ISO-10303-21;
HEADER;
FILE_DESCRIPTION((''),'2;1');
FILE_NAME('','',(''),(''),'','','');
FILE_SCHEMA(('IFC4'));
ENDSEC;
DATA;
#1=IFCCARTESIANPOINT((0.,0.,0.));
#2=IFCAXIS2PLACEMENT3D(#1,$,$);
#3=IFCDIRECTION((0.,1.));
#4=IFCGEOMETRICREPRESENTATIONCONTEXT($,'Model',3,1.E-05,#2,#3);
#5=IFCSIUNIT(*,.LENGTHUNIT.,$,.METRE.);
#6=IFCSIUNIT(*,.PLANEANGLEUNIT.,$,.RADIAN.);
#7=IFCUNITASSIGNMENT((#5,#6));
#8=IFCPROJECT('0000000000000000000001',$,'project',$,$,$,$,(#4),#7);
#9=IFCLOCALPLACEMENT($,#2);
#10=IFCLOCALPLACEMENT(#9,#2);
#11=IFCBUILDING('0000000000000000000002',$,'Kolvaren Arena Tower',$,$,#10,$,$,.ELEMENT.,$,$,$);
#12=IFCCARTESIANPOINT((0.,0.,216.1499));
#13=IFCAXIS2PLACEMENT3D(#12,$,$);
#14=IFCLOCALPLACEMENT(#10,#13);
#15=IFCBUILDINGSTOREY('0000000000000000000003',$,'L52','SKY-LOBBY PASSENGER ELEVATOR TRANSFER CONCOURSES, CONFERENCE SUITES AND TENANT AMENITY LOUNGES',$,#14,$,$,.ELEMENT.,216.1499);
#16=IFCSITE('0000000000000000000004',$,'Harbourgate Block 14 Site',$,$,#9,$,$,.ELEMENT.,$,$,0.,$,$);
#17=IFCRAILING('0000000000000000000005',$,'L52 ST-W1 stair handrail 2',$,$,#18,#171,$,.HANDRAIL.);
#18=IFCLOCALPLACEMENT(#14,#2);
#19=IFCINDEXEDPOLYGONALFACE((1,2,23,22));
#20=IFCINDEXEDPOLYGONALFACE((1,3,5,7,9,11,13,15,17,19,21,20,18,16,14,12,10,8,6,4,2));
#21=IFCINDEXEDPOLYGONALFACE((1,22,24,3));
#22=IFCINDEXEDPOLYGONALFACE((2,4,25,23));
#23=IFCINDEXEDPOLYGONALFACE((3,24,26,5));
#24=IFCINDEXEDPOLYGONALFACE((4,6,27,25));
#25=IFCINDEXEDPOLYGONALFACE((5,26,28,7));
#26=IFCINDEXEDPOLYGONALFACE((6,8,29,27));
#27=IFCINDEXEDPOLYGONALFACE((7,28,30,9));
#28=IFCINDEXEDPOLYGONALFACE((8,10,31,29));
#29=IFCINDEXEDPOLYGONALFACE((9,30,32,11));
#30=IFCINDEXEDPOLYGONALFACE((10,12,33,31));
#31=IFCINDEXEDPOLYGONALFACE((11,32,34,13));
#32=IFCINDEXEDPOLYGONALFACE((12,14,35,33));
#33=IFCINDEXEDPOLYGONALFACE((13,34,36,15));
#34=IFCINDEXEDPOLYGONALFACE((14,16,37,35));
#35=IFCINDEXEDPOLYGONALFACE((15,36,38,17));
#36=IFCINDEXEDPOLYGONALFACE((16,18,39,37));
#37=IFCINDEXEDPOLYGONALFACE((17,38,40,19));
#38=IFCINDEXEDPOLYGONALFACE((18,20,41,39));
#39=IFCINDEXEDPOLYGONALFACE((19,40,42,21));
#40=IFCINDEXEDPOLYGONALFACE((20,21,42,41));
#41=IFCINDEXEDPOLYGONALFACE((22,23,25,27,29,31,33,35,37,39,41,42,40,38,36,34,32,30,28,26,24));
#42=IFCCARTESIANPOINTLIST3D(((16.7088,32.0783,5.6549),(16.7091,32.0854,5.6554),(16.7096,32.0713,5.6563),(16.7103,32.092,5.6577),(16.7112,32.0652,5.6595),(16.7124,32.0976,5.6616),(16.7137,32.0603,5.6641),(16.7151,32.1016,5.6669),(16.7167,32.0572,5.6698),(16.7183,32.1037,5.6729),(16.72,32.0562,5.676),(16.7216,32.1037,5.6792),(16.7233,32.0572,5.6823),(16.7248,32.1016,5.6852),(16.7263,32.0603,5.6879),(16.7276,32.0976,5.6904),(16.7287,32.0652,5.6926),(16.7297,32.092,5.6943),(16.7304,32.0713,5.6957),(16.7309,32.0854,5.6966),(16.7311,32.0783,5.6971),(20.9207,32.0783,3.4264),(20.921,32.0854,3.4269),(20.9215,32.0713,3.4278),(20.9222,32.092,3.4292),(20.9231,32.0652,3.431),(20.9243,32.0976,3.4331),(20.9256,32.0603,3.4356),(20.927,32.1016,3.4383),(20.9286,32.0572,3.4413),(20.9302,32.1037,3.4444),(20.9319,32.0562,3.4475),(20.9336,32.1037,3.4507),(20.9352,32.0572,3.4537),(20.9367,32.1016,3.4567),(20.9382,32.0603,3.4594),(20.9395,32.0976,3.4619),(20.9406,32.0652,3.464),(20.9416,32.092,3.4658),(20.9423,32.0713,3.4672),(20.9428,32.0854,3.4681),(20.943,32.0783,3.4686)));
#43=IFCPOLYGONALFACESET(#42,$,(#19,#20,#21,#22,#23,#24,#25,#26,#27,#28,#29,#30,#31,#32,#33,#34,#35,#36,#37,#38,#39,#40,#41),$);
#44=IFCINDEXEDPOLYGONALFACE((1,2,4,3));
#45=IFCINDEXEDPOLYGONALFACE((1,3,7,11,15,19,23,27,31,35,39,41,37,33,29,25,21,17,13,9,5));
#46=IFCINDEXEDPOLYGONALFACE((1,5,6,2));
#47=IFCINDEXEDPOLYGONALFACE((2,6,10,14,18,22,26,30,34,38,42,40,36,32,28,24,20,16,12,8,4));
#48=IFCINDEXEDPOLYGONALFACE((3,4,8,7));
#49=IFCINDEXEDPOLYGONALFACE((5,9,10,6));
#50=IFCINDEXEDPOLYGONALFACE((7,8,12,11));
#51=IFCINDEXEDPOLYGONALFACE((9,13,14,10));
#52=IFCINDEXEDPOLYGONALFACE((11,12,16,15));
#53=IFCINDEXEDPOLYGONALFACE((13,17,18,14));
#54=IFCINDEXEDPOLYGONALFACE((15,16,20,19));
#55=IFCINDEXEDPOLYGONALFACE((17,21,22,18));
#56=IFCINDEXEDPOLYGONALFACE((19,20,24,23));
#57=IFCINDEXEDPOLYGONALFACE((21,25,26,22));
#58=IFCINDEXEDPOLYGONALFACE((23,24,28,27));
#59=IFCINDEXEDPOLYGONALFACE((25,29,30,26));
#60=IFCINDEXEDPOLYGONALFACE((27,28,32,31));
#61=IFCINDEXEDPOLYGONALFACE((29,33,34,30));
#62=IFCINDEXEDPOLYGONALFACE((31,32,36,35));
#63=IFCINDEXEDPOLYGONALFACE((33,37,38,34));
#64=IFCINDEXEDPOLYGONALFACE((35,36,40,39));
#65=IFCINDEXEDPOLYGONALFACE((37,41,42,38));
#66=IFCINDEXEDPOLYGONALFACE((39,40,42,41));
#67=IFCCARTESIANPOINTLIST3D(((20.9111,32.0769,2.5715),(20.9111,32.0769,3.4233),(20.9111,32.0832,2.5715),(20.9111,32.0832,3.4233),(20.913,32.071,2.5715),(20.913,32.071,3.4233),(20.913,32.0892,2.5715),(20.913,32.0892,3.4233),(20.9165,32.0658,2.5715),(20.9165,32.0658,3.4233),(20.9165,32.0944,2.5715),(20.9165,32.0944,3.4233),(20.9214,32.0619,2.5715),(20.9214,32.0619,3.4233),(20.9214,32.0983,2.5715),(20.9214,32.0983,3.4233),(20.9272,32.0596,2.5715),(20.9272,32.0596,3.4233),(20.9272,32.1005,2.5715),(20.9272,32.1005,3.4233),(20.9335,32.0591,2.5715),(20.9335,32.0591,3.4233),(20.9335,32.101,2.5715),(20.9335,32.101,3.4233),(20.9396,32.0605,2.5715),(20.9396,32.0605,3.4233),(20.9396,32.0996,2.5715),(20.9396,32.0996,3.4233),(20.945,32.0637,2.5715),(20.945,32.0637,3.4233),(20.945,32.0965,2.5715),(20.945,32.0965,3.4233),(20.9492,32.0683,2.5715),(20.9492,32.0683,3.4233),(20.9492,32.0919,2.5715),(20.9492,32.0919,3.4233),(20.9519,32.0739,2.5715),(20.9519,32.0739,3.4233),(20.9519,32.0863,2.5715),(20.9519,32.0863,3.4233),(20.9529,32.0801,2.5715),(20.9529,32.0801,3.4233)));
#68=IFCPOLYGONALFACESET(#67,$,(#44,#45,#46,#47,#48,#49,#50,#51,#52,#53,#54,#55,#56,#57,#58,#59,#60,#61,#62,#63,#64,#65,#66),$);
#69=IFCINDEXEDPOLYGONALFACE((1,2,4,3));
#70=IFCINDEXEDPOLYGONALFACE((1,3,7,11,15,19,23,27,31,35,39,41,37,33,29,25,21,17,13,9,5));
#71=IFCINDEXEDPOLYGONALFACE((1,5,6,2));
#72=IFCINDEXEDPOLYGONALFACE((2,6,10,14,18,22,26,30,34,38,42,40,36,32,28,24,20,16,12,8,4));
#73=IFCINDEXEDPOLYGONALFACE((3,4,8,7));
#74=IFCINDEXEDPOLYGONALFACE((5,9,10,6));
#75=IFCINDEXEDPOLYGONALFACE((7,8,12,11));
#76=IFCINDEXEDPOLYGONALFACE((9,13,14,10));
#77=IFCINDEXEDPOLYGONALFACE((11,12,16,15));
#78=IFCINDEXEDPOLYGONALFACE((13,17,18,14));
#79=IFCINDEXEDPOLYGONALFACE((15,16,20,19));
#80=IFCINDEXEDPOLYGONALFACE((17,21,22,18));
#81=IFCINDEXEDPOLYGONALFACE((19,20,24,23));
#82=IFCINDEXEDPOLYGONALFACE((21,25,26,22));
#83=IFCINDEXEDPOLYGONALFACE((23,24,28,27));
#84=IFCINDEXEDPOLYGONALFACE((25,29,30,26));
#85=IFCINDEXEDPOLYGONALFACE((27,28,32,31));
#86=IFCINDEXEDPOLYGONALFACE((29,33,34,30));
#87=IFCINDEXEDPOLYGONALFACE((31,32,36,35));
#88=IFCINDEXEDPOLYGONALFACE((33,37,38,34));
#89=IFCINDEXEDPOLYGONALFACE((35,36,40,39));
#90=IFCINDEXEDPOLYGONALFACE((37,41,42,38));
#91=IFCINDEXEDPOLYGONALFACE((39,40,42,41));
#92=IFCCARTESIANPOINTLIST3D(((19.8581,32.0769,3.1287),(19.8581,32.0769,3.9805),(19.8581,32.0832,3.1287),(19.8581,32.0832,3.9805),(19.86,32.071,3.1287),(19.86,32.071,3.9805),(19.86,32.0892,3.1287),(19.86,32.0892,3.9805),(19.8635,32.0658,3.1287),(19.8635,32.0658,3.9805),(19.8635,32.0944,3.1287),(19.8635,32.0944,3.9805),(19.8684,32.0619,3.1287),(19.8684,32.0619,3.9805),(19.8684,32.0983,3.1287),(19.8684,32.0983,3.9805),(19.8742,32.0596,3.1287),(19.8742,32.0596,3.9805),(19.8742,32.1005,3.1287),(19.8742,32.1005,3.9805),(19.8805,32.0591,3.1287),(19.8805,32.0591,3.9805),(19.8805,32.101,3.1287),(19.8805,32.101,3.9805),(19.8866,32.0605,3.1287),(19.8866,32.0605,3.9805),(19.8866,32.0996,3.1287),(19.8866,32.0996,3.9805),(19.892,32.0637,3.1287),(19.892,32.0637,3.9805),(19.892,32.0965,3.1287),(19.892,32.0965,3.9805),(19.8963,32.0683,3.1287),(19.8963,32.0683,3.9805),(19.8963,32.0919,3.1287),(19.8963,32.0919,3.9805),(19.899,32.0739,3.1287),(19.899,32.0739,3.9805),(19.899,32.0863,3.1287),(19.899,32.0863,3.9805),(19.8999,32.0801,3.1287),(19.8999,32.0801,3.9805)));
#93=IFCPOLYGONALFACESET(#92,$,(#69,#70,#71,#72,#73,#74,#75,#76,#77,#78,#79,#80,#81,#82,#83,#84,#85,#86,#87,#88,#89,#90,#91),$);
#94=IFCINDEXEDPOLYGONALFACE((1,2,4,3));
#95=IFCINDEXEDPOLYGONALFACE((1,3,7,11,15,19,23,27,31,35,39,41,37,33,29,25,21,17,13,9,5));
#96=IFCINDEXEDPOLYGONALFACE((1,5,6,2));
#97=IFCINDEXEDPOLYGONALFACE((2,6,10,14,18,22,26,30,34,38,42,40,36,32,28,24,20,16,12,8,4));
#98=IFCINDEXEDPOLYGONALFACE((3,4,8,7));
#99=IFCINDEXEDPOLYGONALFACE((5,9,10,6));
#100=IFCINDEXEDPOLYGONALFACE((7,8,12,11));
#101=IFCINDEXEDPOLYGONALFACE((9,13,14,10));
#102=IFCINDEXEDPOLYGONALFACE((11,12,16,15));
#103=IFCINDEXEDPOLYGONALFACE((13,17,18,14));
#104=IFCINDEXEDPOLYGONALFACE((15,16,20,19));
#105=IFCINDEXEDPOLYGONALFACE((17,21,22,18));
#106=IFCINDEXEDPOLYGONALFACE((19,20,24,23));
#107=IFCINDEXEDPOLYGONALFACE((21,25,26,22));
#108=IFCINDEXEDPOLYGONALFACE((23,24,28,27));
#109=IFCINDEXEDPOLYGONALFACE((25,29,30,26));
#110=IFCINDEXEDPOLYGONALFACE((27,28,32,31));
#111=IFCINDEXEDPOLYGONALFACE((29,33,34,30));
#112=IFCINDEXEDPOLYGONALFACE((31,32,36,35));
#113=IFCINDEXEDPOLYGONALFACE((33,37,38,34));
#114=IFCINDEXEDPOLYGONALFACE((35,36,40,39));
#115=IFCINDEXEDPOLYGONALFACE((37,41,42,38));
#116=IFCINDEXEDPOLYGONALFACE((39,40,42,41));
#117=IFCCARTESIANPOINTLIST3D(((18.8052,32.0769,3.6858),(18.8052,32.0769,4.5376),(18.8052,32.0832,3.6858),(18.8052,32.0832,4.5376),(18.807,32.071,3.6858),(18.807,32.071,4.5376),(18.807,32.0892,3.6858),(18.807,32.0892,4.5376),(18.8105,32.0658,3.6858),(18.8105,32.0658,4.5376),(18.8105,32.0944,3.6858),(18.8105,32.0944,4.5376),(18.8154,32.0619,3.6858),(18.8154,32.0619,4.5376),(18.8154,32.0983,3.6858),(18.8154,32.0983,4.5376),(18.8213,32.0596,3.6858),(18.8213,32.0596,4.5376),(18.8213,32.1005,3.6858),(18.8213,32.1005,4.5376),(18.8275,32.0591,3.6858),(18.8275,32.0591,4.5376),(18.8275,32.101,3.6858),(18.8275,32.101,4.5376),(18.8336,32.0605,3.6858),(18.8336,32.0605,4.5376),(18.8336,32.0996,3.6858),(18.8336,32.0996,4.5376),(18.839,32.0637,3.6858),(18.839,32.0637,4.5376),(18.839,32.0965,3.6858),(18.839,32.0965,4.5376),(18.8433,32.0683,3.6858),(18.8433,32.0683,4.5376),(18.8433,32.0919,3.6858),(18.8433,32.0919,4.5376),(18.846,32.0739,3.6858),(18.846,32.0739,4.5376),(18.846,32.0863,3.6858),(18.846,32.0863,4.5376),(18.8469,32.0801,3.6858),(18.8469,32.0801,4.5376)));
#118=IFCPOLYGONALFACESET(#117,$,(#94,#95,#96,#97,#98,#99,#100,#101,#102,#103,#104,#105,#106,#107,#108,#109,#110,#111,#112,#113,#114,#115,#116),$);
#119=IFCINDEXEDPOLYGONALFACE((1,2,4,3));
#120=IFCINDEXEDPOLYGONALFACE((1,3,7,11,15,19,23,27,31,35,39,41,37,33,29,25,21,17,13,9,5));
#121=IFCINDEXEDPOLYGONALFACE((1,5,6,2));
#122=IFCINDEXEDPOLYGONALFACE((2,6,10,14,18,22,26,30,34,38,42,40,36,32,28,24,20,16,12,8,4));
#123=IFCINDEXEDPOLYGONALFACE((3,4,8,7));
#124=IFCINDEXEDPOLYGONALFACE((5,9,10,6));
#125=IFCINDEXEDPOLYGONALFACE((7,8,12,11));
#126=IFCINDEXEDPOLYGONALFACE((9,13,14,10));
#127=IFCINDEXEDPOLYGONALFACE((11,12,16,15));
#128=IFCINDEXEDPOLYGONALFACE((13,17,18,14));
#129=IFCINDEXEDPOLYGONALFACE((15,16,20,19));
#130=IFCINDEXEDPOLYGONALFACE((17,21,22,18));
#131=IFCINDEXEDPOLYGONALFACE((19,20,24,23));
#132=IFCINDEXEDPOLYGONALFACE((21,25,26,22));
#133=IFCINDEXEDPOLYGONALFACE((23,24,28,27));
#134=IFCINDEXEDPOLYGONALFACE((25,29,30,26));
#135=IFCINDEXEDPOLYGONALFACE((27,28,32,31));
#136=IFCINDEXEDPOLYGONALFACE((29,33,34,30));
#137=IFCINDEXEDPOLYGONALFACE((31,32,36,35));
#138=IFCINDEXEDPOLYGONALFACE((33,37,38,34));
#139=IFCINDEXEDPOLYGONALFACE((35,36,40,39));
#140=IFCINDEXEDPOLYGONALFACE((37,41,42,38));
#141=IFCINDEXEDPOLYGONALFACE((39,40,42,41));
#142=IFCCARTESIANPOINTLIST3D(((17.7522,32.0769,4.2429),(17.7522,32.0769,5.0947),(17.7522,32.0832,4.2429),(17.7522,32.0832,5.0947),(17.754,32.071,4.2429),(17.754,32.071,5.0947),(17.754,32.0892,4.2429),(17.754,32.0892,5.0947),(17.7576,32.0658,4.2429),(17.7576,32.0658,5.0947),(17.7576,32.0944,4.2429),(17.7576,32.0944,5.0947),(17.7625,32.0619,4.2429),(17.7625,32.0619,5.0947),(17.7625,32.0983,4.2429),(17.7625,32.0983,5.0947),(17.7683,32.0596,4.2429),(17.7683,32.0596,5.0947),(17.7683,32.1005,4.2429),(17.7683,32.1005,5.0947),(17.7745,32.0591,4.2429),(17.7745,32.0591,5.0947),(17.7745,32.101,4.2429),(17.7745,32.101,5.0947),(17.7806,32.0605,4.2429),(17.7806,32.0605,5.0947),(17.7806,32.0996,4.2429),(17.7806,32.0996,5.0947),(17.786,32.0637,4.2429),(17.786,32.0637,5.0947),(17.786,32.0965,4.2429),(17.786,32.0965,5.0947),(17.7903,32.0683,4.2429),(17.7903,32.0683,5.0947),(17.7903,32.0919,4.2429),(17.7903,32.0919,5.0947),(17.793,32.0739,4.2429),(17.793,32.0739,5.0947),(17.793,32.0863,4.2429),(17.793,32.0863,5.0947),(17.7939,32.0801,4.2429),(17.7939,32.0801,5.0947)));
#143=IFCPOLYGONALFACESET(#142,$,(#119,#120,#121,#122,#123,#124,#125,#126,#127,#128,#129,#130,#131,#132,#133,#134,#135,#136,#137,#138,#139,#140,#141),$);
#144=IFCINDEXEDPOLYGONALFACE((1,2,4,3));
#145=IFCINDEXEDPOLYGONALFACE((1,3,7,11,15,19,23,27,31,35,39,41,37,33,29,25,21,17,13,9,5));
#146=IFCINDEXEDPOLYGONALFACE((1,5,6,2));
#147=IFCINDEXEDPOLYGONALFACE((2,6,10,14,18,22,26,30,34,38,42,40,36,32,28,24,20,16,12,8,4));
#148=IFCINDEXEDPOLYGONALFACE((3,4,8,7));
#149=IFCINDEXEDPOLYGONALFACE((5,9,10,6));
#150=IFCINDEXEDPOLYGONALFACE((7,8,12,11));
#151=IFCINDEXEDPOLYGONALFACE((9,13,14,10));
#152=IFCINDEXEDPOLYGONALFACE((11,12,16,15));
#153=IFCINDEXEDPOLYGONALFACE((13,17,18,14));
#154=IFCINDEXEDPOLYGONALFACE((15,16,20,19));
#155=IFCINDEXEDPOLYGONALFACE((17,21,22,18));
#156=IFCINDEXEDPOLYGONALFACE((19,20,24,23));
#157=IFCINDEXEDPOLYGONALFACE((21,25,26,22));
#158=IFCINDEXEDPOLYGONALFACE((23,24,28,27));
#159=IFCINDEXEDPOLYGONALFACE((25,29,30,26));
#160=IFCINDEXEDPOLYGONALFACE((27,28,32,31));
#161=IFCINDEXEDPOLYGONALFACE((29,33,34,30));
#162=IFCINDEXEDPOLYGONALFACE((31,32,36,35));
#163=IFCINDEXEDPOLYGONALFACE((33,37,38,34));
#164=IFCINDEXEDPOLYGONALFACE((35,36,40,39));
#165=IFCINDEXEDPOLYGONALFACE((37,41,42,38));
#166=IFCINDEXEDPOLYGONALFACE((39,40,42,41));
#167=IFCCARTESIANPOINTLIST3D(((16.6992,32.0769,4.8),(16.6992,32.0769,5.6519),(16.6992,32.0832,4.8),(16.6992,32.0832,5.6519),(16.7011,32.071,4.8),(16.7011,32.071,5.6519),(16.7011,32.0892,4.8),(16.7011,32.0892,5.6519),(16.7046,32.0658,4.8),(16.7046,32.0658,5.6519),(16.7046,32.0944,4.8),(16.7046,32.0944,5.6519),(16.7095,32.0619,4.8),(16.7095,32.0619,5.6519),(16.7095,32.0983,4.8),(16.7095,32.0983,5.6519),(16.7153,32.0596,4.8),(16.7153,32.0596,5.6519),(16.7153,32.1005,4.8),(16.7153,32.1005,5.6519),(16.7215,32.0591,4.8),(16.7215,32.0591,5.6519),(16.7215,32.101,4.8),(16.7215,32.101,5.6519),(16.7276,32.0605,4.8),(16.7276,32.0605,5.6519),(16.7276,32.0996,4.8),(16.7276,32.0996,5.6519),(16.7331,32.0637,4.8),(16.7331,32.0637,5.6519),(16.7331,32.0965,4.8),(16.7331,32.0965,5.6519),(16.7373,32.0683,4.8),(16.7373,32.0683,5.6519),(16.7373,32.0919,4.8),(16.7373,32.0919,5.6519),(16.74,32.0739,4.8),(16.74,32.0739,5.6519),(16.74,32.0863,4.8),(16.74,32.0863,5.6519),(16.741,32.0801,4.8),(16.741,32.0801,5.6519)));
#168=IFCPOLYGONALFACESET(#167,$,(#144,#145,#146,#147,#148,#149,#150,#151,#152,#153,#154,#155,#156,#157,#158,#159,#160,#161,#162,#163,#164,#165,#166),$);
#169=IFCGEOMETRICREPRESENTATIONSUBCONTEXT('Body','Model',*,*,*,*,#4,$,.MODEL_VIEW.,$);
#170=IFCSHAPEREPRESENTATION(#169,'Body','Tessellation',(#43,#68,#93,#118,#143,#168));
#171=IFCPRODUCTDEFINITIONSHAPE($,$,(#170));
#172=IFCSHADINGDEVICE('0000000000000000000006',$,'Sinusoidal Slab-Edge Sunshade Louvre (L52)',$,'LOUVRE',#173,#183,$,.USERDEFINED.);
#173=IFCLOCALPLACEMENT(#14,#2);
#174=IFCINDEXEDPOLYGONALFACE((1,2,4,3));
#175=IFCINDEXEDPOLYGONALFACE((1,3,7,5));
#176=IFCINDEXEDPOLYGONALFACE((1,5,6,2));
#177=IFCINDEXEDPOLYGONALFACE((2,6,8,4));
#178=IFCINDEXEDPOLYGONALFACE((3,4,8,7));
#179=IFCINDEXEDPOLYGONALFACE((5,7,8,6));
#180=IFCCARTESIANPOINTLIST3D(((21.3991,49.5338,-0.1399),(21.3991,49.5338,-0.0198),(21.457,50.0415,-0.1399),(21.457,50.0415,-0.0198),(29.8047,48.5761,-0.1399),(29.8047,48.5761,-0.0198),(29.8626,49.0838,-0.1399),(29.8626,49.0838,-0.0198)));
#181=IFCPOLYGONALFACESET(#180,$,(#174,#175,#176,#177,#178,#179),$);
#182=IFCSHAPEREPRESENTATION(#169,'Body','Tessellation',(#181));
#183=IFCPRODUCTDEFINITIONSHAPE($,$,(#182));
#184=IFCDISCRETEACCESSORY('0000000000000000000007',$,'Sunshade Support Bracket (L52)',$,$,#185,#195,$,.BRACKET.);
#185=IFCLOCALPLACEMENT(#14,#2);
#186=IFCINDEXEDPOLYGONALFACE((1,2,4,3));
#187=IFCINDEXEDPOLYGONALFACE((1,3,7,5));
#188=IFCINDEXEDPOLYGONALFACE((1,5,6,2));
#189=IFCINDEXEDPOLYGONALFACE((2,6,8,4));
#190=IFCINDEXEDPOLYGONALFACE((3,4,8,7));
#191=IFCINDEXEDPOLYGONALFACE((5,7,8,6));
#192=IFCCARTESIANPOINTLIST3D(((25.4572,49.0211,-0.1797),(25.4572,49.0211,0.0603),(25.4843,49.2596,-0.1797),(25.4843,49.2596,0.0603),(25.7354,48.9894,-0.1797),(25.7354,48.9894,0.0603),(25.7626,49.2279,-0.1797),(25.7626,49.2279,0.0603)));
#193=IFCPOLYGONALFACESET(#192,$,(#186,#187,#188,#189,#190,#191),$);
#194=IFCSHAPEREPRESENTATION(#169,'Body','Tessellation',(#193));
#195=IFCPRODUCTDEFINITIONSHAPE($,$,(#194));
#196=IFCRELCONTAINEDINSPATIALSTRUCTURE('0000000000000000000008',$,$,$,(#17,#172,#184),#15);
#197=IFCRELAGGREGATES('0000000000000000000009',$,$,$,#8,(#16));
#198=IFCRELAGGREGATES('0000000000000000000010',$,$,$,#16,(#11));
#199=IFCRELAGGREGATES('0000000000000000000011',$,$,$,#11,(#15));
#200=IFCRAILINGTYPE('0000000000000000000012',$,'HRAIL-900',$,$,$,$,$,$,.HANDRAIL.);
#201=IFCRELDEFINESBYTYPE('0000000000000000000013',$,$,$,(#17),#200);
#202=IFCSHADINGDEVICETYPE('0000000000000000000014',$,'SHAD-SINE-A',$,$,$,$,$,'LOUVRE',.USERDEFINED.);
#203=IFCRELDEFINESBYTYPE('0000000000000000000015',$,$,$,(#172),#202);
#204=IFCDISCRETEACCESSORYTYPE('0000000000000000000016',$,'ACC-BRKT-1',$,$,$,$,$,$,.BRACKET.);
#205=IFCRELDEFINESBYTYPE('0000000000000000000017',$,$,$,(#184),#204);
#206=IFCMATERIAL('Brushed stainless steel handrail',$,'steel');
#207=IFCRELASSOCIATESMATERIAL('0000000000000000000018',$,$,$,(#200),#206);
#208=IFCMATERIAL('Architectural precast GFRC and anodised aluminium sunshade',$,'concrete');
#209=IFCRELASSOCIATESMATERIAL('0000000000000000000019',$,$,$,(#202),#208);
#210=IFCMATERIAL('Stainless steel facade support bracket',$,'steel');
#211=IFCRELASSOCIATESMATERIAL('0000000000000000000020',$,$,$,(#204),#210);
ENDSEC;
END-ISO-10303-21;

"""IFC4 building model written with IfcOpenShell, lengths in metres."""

from ifc_helpers import new_model, si_unit, direction, frame, origin, origin_2d, place, context, subcontext, project, spatial, rectangle, circle, extrude, material, type_object, element, save


model = new_model("IFC4")

# Units and contexts
model_context = context("Model", 3, precision=1e-05, world=origin(), true_north=direction((0.0, 1.0)))
body_context = subcontext(model_context, "Body", "Model", "MODEL_VIEW")
ifc_project = project(units=[si_unit("LENGTHUNIT", "METRE"), si_unit("PLANEANGLEUNIT", "RADIAN")], contexts=[model_context])

# Site, building, storey
site_placement = place(None, origin())
site = spatial("IfcSite", under=ifc_project, at=site_placement, Name="Harbourgate Block 14 Site", CompositionType="ELEMENT", RefElevation=0.0)
building_placement = place(site_placement, origin())
building = spatial("IfcBuilding", under=site, at=building_placement, Name="Kolvaren Arena Tower", CompositionType="ELEMENT")
storey_placement = place(building_placement, frame((0.0, 0.0, 216.1499)))
storey = spatial("IfcBuildingStorey", under=building, at=storey_placement, Name="L52", Description="SKY-LOBBY PASSENGER ELEVATOR TRANSFER CONCOURSES, CONFERENCE SUITES AND TENANT AMENITY LOUNGES", CompositionType="ELEMENT", Elevation=216.1499)

# Railing
ifc_material_1 = material(Name="Brushed stainless steel handrail", Category="steel")
railing_type = type_object("IfcRailingType", Name="HRAIL-900", PredefinedType="HANDRAIL", material=ifc_material_1)
railing_placement = place(storey_placement, frame((20.9319, 32.0801, 2.5715)))
element("IfcRailing", 1, at=railing_placement, inside=storey, type_object=railing_type, Name="L52 ST-W1 stair handrail 2", PredefinedType="HANDRAIL", context=body_context, shape_type="SweptSolid", body=[
    extrude(circle(Radius=0.0239, at=origin_2d()), frame((0.0, 0.0, 0.876), z_axis=(-0.883903, 0.0, 0.467671), x_axis=(0.0, -1.0, 0.0)), (0.0, 0.0, 1.0), 4.7651),
    extrude(circle(Radius=0.021, at=origin_2d()), origin(), (0.0, 0.0, 1.0), 0.8518),
    extrude(circle(Radius=0.021, at=origin_2d()), frame((-1.053, 0.0, 0.5571)), (0.0, 0.0, 1.0), 0.8518),
    extrude(circle(Radius=0.021, at=origin_2d()), frame((-2.106, 0.0, 1.1143)), (0.0, 0.0, 1.0), 0.8518),
    extrude(circle(Radius=0.021, at=origin_2d()), frame((-3.1589, 0.0, 1.6714)), (0.0, 0.0, 1.0), 0.8518),
    extrude(circle(Radius=0.021, at=origin_2d()), frame((-4.2119, 0.0, 2.2285)), (0.0, 0.0, 1.0), 0.8518),
])

# Shading device
ifc_material_2 = material(Name="Architectural precast GFRC and anodised aluminium sunshade", Category="concrete")
shading_device_type = type_object("IfcShadingDeviceType", Name="SHAD-SINE-A", ElementType="LOUVRE", PredefinedType="USERDEFINED", material=ifc_material_2)
shading_device_placement = place(storey_placement, frame((25.6309, 49.3088, -0.1399), z_axis=(0.0, 0.0, 1.0), x_axis=(0.993572, -0.113205, 0.0)))
element("IfcShadingDevice", 2, at=shading_device_placement, inside=storey, type_object=shading_device_type, Name="Sinusoidal Slab-Edge Sunshade Louvre (L52)", ObjectType="LOUVRE", PredefinedType="USERDEFINED", context=body_context, shape_type="SweptSolid", body=[
    extrude(rectangle(XDim=8.46, YDim=0.511, at=origin_2d()), origin(), (0.0, 0.0, 1.0), 0.1201),
])

# Discrete accessory
ifc_material_3 = material(Name="Stainless steel facade support bracket", Category="steel")
discrete_accessory_type = type_object("IfcDiscreteAccessoryType", Name="ACC-BRKT-1", PredefinedType="BRACKET", material=ifc_material_3)
discrete_accessory_placement = place(storey_placement, frame((25.6099, 49.1245, -0.1797), z_axis=(0.0, 0.0, 1.0), x_axis=(0.993572, -0.113205, 0.0)))
element("IfcDiscreteAccessory", 3, at=discrete_accessory_placement, inside=storey, type_object=discrete_accessory_type, Name="Sunshade Support Bracket (L52)", PredefinedType="BRACKET", context=body_context, shape_type="SweptSolid", body=[
    extrude(rectangle(XDim=0.28, YDim=0.24, at=origin_2d()), origin(), (0.0, 0.0, 1.0), 0.24),
])

save(model, "model.ifc")
